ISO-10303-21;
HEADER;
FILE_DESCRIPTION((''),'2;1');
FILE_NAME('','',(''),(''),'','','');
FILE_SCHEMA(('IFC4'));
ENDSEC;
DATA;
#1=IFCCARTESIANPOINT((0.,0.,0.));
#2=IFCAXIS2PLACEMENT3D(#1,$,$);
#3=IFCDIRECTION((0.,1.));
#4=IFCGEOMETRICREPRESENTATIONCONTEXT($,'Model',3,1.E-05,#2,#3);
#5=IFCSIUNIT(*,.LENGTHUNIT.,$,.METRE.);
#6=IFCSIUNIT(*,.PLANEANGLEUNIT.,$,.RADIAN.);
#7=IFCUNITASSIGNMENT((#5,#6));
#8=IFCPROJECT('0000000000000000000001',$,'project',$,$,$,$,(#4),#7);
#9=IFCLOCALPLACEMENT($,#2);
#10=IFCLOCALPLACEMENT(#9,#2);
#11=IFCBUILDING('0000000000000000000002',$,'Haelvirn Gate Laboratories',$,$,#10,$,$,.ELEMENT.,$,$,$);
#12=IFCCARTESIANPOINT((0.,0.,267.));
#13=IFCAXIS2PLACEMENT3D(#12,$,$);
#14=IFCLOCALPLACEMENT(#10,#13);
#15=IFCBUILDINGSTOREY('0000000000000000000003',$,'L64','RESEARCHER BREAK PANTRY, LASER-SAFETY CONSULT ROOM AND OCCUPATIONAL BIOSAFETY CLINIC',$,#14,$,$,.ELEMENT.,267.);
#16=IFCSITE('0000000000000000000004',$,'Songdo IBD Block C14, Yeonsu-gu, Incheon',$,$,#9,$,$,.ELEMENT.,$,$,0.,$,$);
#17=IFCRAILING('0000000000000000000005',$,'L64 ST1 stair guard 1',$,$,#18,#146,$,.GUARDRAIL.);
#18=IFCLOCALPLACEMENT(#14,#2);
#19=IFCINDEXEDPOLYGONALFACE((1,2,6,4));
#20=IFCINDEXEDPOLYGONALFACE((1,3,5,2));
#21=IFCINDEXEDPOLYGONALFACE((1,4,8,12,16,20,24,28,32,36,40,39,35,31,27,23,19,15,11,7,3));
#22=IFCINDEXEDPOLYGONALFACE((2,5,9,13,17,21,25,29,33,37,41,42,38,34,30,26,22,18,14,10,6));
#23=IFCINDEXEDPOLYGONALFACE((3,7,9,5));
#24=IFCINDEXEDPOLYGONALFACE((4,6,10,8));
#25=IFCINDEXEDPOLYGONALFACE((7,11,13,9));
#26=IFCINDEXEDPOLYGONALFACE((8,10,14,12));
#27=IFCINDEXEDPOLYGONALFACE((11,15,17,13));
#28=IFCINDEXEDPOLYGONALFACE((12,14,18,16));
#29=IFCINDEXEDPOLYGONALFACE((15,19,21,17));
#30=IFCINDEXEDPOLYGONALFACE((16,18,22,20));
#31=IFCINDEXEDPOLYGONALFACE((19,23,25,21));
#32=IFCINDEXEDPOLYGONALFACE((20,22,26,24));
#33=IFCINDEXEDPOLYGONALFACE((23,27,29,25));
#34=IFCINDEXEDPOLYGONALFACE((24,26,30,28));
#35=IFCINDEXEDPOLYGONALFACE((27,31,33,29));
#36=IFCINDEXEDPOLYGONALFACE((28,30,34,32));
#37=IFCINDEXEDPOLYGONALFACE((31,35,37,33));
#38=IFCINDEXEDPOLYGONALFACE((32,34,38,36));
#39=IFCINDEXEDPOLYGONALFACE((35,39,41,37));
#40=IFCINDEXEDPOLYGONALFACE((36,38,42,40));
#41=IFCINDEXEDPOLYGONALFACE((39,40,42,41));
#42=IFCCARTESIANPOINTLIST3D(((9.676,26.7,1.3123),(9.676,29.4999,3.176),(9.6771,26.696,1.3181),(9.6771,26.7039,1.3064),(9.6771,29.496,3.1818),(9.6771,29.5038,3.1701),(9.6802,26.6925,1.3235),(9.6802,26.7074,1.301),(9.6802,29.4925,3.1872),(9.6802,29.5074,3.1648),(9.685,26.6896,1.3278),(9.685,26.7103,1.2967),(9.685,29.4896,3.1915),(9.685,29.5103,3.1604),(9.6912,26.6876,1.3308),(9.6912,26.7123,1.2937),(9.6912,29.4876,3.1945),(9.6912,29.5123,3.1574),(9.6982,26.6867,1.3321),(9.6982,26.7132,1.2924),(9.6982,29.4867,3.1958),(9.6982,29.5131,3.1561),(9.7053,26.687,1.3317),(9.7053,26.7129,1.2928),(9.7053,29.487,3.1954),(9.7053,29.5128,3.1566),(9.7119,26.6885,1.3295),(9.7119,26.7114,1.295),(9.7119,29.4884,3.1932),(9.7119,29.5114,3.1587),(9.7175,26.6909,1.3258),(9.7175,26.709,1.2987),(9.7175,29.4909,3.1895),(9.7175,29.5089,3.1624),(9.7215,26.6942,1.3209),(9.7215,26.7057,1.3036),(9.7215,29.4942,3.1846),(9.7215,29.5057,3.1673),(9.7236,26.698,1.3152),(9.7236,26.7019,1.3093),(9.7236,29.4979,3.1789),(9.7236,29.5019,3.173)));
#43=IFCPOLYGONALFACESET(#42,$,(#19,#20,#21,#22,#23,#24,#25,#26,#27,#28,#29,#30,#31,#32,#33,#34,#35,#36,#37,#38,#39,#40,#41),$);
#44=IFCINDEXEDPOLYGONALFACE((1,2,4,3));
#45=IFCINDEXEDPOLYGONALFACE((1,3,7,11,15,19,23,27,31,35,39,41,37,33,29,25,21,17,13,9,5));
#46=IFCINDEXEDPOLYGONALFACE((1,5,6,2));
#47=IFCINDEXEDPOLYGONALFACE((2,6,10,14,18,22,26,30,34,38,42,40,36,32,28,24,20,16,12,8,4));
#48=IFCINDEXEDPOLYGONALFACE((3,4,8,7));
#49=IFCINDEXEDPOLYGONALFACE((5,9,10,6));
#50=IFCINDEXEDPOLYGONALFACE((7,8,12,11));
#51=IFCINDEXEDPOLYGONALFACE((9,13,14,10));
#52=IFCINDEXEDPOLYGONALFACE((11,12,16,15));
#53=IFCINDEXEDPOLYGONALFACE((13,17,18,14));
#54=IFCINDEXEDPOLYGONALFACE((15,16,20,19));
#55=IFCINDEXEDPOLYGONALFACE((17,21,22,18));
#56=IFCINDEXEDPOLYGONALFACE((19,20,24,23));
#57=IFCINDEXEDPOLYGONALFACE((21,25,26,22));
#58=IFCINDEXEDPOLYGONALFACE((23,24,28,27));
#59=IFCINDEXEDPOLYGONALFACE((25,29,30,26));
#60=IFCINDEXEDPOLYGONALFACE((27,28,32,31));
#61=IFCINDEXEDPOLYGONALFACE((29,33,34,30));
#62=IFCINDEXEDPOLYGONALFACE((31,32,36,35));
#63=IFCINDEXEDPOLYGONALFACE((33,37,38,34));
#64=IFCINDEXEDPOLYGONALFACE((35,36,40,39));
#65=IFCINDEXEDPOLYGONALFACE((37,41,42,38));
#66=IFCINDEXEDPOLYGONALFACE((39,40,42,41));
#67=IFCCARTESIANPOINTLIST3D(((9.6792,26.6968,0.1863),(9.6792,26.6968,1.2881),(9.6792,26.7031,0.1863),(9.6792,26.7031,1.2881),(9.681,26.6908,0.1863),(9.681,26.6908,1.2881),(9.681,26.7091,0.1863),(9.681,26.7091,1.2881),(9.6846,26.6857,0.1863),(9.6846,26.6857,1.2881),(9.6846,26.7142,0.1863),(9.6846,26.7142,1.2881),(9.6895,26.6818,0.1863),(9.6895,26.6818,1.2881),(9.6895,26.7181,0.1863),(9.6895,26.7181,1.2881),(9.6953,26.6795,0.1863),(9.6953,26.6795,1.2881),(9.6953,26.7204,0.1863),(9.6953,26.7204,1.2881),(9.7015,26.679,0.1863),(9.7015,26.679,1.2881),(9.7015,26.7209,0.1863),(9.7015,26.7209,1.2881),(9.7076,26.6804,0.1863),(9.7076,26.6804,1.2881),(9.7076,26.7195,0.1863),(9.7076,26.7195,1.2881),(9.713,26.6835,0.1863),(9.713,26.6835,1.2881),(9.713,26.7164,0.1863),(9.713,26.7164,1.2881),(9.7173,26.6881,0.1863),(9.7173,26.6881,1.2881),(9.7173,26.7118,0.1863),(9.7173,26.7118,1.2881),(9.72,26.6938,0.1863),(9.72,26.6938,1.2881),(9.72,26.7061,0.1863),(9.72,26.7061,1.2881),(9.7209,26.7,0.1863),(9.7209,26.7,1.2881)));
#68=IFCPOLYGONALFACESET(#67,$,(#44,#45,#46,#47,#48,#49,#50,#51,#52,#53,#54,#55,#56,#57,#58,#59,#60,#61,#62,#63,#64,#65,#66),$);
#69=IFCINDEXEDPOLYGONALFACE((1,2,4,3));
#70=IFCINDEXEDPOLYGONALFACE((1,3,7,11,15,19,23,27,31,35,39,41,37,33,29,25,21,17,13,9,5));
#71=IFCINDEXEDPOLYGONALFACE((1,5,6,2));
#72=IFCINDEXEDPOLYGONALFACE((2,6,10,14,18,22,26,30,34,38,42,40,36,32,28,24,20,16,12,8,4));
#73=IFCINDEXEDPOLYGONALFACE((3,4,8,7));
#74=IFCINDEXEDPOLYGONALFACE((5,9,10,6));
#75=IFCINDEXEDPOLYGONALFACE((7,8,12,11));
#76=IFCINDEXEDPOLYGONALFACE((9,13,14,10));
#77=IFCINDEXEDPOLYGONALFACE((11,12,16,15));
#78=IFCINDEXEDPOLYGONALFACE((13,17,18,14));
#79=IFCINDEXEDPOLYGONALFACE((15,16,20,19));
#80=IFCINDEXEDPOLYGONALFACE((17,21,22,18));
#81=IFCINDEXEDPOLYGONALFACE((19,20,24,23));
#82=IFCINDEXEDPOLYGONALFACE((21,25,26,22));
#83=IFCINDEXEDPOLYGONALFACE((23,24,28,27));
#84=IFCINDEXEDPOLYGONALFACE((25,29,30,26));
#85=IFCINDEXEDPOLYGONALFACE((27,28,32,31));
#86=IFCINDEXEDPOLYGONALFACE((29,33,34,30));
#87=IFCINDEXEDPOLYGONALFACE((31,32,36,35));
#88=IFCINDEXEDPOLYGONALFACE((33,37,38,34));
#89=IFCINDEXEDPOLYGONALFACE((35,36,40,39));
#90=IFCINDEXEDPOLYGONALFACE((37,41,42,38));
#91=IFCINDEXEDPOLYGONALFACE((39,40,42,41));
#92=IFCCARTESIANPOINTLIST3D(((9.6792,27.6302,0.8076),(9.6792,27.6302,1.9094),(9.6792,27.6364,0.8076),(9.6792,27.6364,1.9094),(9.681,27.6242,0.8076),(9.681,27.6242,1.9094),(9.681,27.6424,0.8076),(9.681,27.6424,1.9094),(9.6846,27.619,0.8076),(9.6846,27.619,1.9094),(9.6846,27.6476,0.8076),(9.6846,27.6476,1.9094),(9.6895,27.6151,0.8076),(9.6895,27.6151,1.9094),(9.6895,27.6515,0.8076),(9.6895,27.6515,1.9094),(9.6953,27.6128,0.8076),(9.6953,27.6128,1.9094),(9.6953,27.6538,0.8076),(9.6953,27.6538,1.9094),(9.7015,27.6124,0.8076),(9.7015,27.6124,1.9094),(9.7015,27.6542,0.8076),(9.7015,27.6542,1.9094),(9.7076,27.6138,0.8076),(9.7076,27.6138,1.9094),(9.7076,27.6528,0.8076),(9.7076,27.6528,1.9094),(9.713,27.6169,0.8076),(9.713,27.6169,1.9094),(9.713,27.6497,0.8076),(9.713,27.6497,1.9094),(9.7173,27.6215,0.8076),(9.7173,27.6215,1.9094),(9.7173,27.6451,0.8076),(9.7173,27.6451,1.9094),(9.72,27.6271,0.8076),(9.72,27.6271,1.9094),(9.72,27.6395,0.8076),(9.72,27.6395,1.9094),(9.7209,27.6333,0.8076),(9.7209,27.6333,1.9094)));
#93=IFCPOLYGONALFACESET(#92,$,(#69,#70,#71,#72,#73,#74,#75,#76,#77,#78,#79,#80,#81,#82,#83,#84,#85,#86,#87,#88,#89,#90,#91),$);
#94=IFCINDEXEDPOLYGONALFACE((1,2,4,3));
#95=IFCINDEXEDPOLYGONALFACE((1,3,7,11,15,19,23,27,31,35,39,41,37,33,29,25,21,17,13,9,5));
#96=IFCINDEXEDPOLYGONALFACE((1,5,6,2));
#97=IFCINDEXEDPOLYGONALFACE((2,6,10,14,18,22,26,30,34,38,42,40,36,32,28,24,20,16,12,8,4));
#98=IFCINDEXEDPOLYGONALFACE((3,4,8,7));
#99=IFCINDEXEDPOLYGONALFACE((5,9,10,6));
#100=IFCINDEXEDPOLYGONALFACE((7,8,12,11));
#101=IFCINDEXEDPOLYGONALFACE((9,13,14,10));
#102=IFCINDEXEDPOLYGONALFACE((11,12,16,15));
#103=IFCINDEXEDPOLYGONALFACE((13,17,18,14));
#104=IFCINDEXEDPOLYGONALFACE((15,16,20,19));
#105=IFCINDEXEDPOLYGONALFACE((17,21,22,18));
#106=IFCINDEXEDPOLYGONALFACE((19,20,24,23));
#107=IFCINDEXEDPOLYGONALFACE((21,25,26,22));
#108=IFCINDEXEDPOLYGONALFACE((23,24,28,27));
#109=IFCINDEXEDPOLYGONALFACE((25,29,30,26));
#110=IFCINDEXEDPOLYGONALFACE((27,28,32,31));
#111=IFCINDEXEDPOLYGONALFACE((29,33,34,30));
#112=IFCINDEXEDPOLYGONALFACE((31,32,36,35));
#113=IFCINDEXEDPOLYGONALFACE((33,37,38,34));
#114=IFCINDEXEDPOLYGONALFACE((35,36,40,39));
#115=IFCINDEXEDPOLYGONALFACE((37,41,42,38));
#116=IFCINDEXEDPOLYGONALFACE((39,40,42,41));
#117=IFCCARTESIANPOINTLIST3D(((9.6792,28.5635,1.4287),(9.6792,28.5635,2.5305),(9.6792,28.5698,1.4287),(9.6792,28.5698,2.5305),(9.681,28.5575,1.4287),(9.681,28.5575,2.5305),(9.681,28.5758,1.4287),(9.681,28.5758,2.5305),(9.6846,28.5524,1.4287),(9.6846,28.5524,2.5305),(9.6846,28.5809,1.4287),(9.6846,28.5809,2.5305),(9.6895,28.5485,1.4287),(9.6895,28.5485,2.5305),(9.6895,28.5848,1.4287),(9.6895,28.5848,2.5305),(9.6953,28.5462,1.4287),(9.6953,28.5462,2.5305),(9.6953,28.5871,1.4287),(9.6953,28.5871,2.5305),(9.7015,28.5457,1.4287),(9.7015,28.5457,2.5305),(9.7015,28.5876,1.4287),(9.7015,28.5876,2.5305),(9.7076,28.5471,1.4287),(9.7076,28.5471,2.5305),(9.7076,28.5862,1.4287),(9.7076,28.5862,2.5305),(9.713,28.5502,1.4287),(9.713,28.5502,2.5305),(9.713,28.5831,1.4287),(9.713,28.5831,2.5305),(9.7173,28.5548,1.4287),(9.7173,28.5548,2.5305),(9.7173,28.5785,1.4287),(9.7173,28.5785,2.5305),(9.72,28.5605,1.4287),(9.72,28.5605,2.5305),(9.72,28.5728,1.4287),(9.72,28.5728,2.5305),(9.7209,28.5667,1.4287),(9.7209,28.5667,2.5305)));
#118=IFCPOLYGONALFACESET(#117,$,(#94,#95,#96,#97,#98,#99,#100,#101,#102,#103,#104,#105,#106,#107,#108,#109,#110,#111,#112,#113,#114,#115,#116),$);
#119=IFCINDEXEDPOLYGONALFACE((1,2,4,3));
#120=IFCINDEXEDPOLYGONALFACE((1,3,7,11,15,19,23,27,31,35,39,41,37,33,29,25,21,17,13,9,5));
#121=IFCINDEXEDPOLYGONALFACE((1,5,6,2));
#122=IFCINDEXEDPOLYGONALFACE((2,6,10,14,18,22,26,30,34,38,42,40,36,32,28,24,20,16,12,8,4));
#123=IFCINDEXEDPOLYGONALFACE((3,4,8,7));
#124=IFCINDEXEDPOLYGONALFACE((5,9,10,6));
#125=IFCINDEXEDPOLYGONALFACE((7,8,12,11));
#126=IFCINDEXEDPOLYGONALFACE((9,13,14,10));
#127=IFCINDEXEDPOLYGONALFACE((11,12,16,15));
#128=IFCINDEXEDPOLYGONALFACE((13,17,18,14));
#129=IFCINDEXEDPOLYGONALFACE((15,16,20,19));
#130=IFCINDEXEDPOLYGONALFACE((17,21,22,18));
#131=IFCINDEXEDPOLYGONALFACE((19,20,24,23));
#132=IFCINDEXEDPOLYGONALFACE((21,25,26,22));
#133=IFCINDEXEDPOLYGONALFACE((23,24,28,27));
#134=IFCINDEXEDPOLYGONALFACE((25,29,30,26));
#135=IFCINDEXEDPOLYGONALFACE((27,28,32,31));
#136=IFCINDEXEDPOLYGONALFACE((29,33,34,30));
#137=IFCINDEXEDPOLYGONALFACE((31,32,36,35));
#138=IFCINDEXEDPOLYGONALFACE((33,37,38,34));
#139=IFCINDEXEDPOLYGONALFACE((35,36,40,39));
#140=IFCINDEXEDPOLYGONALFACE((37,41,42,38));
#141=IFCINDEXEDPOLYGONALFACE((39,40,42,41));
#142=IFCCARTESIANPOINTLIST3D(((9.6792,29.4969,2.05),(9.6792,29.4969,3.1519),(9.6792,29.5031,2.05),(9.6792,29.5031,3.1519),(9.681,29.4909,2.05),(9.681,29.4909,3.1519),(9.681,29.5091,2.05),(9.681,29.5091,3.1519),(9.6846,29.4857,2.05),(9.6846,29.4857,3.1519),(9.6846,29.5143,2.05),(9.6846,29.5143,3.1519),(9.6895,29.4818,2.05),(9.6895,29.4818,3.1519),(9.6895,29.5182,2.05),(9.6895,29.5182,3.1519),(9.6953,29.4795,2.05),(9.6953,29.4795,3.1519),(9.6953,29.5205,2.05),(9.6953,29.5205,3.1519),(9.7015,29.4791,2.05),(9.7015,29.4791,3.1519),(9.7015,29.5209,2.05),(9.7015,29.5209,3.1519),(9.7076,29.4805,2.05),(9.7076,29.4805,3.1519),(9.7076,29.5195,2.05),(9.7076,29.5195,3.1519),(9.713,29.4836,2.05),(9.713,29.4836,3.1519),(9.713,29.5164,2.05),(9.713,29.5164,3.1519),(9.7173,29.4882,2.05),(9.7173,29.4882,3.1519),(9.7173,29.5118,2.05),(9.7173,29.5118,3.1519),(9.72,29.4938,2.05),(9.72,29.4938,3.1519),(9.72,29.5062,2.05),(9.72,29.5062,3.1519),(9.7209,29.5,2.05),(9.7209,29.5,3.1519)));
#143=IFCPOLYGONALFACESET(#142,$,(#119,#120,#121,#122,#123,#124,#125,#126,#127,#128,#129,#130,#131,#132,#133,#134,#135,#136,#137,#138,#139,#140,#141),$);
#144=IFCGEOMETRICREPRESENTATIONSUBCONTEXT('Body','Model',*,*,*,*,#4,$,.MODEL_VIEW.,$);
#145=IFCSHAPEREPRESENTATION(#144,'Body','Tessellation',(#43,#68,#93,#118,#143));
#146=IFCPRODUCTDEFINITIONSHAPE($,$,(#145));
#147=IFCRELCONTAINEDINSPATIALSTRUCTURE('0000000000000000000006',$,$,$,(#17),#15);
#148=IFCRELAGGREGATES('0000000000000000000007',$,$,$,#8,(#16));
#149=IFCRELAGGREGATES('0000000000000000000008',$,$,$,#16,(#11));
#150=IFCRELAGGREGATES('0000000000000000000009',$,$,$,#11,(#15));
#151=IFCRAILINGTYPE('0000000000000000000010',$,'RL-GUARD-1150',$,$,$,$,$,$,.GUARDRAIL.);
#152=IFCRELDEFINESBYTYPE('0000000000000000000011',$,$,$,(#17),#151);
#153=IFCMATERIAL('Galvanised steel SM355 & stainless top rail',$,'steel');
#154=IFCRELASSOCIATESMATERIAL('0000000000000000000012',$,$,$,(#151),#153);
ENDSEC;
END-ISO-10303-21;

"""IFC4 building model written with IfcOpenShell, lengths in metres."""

from ifc_helpers import new_model, si_unit, direction, frame, origin, origin_2d, place, context, subcontext, project, spatial, circle, extrude, source, transform, mapped, material, type_object, element, save


model = new_model("IFC4")

# Units and contexts
model_context = context("Model", 3, precision=1e-05, world=origin(), true_north=direction((0.0, 1.0)))
body_context = subcontext(model_context, "Body", "Model", "MODEL_VIEW")
ifc_project = project(units=[si_unit("LENGTHUNIT", "METRE"), si_unit("PLANEANGLEUNIT", "RADIAN")], contexts=[model_context])

# Site, building, storey
site_placement = place(None, origin())
site = spatial("IfcSite", under=ifc_project, at=site_placement, Name="Songdo IBD Block C14, Yeonsu-gu, Incheon", CompositionType="ELEMENT", RefElevation=0.0)
building_placement = place(site_placement, origin())
building = spatial("IfcBuilding", under=site, at=building_placement, Name="Haelvirn Gate Laboratories", CompositionType="ELEMENT")
storey_placement = place(building_placement, frame((0.0, 0.0, 267.0)))
storey = spatial("IfcBuildingStorey", under=building, at=storey_placement, Name="L64", Description="RESEARCHER BREAK PANTRY, LASER-SAFETY CONSULT ROOM AND OCCUPATIONAL BIOSAFETY CLINIC", CompositionType="ELEMENT", Elevation=267.0)

# Railing
ifc_material_1 = material(Name="Galvanised steel SM355 & stainless top rail", Category="steel")
railing_type_1 = type_object("IfcRailingType", Name="RL-GUARD-1150", PredefinedType="GUARDRAIL", material=ifc_material_1)
shared_shape_1 = source(origin(), body_context, "Body", "SweptSolid", [
    extrude(circle(Radius=0.0239, at=origin_2d()), frame((0.0, 0.0, 1.126), z_axis=(0.0, 0.832452, 0.554097), x_axis=(-1.0, 0.0, 0.0)), (0.0, 0.0, 1.0), 3.3635),
    extrude(circle(Radius=0.021, at=origin_2d()), origin(), (0.0, 0.0, 1.0), 1.1018),
    extrude(circle(Radius=0.021, at=origin_2d()), frame((0.0, 0.9333, 0.6213)), (0.0, 0.0, 1.0), 1.1018),
    extrude(circle(Radius=0.021, at=origin_2d()), frame((0.0, 1.8667, 1.2424)), (0.0, 0.0, 1.0), 1.1018),
    extrude(circle(Radius=0.021, at=origin_2d()), frame((0.0, 2.8, 1.8638)), (0.0, 0.0, 1.0), 1.1018),
])
railing_1_placement = place(storey_placement, frame((9.7, 26.7, 0.1863)))
element("IfcRailing", 1, at=railing_1_placement, inside=storey, type_object=railing_type_1, Name="L64 ST1 stair guard 1", PredefinedType="GUARDRAIL", context=body_context, shape_type="MappedRepresentation", body=[
    mapped(shared_shape_1, transform((0.0, 0.0, 0.0), scale=1.0)),
])

save(model, "model.ifc")
